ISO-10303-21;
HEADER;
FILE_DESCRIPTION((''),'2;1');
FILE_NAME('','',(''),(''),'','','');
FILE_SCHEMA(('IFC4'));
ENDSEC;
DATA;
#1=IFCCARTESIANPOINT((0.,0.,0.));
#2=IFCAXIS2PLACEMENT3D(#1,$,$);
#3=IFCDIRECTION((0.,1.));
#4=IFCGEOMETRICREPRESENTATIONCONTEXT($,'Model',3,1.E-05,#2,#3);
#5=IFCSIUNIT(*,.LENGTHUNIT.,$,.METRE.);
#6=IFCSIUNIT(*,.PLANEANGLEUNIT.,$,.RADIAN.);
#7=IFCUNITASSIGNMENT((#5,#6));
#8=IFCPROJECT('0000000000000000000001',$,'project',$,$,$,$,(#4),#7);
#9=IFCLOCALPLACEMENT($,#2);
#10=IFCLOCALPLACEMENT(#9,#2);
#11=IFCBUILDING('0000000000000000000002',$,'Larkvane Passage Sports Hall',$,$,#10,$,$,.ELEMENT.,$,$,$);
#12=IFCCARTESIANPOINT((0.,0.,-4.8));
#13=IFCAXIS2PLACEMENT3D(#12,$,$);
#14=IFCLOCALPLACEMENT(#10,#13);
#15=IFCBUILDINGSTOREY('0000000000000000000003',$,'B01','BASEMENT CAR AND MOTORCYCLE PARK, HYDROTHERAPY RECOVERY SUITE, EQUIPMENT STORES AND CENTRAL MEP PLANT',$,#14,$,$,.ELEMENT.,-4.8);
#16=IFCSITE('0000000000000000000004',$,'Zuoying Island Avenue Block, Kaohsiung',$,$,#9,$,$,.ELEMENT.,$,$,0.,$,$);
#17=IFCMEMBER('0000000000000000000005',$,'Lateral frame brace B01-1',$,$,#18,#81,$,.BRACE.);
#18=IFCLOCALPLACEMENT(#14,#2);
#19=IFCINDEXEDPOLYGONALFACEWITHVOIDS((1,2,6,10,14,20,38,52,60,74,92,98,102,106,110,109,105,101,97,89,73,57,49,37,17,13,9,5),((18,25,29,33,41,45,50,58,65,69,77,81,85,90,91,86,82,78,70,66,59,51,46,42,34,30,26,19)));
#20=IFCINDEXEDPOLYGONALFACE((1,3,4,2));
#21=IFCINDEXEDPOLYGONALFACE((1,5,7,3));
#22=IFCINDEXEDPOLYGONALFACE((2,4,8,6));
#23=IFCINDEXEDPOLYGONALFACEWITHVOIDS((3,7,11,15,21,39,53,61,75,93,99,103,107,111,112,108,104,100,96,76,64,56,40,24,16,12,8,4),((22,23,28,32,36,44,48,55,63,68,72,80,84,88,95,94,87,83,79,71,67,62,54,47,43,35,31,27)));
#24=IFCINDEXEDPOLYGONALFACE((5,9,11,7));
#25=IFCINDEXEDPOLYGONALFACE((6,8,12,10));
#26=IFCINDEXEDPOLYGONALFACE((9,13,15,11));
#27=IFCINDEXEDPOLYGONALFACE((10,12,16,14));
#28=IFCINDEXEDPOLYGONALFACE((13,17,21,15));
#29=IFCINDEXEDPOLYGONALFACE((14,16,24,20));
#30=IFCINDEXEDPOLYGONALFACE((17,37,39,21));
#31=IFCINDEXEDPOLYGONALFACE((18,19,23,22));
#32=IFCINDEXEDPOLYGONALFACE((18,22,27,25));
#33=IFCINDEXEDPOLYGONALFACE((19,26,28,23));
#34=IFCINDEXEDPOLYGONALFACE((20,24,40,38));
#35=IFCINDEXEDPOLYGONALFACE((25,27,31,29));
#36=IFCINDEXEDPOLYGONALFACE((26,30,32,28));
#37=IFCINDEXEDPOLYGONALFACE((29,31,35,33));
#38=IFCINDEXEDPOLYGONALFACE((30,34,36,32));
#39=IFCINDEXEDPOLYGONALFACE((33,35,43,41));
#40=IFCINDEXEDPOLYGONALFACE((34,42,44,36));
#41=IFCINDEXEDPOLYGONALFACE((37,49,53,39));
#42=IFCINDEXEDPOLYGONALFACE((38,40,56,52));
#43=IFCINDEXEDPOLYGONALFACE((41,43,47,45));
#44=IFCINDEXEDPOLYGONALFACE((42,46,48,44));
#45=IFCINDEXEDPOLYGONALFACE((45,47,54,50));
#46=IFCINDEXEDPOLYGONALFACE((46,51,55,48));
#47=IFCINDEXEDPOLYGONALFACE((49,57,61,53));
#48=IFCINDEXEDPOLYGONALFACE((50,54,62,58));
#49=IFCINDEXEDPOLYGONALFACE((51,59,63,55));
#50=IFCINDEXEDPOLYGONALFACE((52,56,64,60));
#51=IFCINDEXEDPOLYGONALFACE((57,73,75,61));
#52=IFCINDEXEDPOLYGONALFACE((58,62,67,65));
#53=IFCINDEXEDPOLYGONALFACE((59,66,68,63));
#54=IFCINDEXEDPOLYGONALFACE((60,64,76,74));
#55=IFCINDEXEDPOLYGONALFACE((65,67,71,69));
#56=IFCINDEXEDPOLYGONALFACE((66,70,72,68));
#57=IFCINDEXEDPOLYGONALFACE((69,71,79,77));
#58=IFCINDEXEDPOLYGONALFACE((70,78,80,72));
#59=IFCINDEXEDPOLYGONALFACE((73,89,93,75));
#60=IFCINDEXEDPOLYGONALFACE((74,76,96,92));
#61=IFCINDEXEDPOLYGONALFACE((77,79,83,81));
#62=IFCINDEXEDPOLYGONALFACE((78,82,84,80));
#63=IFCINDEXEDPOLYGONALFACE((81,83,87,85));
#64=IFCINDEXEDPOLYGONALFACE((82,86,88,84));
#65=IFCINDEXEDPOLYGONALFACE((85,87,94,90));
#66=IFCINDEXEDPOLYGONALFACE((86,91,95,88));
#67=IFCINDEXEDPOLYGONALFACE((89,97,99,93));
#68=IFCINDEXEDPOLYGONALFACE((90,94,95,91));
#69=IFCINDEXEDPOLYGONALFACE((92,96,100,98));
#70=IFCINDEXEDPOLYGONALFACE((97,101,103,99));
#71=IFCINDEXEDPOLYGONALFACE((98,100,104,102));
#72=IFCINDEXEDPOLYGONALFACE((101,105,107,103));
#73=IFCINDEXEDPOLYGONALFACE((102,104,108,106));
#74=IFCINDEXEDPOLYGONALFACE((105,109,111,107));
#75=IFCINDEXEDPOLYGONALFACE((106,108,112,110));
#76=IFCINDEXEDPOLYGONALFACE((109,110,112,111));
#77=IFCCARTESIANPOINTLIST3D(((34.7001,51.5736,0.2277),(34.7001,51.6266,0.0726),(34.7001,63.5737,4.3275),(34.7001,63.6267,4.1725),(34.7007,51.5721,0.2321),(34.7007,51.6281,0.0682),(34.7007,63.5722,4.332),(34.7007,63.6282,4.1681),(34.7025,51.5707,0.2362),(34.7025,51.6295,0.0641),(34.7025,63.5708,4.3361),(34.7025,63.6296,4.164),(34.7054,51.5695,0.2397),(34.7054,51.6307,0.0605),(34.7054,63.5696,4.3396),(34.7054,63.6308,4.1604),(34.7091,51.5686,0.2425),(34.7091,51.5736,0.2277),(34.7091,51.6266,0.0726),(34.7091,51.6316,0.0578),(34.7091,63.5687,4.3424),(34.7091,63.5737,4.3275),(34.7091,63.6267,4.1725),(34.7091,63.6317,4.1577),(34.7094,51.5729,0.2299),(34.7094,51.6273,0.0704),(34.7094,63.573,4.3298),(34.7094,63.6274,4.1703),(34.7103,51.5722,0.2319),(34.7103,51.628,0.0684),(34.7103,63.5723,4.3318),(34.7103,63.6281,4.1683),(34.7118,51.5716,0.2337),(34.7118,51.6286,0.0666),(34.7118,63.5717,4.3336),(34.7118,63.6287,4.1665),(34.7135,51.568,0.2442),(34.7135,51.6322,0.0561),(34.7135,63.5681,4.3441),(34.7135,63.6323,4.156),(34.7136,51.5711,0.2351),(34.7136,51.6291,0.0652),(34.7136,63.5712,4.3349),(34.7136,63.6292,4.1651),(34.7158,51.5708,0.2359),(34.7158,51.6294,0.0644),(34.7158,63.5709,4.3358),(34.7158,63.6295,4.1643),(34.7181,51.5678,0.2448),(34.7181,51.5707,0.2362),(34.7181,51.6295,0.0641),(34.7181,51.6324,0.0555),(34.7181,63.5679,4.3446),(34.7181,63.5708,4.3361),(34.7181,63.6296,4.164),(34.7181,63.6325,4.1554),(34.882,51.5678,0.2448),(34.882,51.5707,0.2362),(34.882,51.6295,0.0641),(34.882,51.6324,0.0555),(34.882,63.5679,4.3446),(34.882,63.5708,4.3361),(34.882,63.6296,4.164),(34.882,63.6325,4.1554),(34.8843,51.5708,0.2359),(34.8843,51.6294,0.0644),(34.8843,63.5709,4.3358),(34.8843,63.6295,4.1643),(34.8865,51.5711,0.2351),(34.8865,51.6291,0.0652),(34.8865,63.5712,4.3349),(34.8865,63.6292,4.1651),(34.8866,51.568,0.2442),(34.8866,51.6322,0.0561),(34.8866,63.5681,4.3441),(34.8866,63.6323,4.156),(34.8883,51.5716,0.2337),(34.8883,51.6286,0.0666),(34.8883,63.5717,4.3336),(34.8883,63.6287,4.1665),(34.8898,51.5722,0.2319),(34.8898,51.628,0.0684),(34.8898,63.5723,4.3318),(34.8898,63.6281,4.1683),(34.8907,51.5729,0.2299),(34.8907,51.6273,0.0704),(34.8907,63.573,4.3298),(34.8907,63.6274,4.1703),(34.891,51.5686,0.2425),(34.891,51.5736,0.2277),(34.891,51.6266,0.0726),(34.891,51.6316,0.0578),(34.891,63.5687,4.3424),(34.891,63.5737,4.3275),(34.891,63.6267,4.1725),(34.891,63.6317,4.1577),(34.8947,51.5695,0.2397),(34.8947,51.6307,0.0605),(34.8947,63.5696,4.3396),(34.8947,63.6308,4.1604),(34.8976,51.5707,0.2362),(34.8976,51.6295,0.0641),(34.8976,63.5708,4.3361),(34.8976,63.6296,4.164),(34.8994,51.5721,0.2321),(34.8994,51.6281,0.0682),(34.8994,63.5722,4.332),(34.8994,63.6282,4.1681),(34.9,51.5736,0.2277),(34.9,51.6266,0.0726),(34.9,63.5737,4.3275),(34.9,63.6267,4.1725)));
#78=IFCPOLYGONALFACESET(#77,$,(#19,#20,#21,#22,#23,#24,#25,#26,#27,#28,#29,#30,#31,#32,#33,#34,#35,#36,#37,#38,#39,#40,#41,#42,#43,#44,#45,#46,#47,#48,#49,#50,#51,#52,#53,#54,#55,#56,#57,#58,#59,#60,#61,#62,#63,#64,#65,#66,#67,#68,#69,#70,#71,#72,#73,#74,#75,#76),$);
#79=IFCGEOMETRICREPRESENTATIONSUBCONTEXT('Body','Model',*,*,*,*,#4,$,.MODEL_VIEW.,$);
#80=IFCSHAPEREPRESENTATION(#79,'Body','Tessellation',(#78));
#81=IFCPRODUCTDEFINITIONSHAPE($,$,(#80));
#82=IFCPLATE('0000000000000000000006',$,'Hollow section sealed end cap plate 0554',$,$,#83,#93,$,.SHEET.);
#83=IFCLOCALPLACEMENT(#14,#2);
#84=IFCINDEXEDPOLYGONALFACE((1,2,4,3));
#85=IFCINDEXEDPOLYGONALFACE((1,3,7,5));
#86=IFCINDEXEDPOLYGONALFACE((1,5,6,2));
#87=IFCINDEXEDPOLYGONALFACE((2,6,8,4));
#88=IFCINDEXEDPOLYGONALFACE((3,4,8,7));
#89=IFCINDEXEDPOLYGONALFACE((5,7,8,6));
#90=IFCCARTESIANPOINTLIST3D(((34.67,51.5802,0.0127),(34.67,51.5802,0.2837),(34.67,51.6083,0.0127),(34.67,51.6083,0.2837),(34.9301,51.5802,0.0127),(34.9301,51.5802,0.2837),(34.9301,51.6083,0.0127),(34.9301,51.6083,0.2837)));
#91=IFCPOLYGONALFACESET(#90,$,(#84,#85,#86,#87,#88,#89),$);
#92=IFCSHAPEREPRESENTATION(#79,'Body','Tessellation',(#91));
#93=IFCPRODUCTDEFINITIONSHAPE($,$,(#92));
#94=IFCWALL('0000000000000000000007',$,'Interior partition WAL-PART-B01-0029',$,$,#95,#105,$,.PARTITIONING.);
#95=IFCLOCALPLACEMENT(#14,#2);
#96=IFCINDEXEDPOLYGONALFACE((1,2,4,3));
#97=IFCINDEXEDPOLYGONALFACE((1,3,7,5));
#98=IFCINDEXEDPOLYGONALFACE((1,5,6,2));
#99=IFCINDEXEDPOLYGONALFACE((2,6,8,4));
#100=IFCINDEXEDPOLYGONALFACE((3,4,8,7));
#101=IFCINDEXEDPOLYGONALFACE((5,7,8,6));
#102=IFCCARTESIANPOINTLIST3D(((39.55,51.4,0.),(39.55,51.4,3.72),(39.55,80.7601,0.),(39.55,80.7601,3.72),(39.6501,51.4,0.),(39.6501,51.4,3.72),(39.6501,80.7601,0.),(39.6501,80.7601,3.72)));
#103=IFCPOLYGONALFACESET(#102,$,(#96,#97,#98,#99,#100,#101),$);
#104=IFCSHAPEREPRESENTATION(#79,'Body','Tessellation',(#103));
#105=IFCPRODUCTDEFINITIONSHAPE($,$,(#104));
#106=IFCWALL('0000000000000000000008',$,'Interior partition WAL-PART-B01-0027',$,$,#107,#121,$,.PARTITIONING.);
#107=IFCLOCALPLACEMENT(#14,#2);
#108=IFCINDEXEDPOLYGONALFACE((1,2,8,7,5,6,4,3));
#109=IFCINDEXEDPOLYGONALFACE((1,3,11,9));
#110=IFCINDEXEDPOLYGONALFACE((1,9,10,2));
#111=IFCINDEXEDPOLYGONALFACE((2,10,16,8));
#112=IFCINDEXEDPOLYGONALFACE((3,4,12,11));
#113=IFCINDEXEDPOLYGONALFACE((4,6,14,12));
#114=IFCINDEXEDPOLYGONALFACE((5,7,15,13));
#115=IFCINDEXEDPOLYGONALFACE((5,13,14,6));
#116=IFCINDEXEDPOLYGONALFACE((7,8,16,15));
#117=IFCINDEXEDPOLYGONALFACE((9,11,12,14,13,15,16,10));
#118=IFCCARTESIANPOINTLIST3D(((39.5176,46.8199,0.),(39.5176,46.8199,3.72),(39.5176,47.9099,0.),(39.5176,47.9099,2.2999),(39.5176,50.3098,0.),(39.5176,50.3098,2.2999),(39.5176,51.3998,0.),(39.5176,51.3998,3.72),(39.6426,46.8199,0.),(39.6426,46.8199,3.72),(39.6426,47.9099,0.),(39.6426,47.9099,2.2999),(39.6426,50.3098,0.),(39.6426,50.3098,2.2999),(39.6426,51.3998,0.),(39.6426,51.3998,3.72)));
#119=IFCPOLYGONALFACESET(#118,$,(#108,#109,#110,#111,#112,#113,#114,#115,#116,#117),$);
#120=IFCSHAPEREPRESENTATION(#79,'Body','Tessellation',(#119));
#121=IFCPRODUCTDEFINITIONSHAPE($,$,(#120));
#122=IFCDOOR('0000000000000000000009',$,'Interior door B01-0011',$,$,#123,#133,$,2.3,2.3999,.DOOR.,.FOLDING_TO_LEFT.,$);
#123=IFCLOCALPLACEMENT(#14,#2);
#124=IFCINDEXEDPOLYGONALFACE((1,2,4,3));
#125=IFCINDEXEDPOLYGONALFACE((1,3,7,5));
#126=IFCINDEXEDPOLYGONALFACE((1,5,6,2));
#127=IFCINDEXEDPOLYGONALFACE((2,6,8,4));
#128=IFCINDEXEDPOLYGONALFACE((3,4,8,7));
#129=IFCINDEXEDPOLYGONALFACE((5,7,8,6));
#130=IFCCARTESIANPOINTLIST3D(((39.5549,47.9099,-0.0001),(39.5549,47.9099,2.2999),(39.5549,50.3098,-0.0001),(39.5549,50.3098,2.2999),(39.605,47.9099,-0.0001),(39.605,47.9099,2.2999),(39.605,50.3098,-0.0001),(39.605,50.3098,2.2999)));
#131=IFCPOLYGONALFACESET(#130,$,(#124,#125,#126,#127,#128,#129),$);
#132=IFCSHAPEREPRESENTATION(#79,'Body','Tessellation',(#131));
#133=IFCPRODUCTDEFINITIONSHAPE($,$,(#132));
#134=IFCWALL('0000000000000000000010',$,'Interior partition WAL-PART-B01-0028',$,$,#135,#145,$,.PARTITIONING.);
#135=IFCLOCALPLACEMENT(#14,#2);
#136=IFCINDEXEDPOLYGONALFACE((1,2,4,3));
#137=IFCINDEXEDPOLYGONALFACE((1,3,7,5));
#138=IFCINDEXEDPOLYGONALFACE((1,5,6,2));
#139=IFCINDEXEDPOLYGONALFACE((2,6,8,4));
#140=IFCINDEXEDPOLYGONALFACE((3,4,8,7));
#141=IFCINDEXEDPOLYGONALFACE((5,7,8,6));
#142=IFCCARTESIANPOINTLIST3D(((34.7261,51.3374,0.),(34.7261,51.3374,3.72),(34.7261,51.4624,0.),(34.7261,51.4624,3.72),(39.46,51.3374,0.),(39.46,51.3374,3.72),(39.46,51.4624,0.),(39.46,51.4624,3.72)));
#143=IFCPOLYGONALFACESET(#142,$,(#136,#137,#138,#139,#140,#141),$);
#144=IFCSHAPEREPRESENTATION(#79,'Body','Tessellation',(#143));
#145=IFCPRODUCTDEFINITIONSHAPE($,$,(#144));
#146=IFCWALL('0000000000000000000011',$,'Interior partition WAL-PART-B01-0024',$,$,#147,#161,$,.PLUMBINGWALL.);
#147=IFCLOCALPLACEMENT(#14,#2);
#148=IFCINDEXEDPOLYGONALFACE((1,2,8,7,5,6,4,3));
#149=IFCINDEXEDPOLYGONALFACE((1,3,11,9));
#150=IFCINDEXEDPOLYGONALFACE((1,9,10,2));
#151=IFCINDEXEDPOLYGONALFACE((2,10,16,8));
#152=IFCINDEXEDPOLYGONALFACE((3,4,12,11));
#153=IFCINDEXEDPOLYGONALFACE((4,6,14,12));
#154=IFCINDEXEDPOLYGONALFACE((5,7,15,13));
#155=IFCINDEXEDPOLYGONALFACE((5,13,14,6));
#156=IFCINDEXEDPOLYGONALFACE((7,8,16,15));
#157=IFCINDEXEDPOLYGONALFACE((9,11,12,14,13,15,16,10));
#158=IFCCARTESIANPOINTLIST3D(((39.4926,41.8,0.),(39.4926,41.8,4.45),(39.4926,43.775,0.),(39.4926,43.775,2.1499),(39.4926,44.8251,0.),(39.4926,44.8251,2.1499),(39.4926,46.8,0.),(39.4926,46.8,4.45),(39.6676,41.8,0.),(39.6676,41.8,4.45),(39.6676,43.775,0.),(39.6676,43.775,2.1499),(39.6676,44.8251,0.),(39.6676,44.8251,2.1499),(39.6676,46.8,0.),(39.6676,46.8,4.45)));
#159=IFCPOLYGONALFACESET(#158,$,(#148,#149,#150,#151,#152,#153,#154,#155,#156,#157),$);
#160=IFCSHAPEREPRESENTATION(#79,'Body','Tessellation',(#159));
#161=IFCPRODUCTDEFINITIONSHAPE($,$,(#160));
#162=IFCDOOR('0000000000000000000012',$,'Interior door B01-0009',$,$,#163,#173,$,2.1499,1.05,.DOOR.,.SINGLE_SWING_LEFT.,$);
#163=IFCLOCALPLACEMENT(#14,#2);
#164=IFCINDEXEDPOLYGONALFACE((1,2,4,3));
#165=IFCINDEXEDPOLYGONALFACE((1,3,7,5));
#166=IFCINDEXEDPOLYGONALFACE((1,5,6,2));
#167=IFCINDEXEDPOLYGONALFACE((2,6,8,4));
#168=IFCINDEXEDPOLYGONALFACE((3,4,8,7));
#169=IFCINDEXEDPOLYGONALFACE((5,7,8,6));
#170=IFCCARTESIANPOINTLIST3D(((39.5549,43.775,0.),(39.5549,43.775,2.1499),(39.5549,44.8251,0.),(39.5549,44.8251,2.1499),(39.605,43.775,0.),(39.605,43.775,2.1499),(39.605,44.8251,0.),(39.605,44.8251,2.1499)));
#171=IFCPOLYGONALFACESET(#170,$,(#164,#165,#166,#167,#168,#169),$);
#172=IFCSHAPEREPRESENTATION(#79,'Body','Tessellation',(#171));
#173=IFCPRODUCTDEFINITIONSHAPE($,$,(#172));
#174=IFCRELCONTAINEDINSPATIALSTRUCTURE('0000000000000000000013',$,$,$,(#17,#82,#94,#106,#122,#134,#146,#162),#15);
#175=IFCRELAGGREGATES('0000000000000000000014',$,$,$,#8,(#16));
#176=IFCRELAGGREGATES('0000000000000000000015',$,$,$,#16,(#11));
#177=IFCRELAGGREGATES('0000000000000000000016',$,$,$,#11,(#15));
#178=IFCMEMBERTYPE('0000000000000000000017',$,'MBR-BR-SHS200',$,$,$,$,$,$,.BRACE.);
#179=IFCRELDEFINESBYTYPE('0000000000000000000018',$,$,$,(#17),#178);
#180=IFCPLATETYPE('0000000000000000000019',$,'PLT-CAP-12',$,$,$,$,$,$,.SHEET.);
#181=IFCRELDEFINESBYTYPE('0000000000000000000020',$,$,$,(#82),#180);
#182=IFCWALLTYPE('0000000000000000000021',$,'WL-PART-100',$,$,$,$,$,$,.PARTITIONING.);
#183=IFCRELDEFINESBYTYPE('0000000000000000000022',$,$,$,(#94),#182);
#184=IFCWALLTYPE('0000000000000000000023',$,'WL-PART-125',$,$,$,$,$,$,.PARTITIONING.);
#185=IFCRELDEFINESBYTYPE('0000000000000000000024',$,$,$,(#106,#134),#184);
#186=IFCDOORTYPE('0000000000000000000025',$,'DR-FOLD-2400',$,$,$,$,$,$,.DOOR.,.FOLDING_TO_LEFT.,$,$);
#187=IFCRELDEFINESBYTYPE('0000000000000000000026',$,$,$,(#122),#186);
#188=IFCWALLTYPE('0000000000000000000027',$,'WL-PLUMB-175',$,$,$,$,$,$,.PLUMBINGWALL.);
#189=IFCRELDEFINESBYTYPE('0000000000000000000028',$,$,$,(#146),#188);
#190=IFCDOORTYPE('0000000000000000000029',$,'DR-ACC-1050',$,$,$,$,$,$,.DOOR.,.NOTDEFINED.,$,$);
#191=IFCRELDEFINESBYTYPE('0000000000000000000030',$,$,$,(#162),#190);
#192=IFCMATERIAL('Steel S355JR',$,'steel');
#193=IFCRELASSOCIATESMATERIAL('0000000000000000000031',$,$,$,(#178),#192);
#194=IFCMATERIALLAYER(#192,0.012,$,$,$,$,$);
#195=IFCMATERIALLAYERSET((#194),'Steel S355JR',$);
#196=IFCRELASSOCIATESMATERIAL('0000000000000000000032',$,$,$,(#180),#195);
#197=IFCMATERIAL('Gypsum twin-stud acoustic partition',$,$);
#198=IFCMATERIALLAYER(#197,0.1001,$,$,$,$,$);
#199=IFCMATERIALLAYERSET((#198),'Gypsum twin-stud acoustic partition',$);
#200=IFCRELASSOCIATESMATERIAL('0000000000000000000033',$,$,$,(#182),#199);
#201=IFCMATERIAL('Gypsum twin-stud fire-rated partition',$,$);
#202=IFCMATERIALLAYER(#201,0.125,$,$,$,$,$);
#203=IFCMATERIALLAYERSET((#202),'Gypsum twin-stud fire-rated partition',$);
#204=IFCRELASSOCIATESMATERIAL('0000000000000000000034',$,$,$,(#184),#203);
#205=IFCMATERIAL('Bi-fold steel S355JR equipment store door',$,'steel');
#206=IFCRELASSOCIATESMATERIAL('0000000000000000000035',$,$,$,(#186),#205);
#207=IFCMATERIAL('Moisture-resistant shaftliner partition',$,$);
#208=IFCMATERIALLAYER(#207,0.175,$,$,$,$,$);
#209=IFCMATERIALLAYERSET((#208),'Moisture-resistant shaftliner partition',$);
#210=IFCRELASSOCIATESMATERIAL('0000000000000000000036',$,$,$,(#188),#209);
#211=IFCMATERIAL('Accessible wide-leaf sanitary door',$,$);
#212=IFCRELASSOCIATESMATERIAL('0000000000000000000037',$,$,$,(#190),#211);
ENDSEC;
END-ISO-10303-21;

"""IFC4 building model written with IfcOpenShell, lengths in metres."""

from ifc_helpers import new_model, si_unit, direction, frame, frame_2d, origin, origin_2d, place, context, subcontext, project, spatial, rectangle, hollow_rectangle, extrude, material, layer, layer_set, material_profile, profile_set, type_object, element, fill, save


model = new_model("IFC4")

# Units and contexts
model_context = context("Model", 3, precision=1e-05, world=origin(), true_north=direction((0.0, 1.0)))
body_context = subcontext(model_context, "Body", "Model", "MODEL_VIEW")
ifc_project = project(units=[si_unit("LENGTHUNIT", "METRE"), si_unit("PLANEANGLEUNIT", "RADIAN")], contexts=[model_context])

# Site, building, storey
site_placement = place(None, origin())
site = spatial("IfcSite", under=ifc_project, at=site_placement, Name="Zuoying Island Avenue Block, Kaohsiung", CompositionType="ELEMENT", RefElevation=0.0)
building_placement = place(site_placement, origin())
building = spatial("IfcBuilding", under=site, at=building_placement, Name="Larkvane Passage Sports Hall", CompositionType="ELEMENT")
storey_placement = place(building_placement, frame((0.0, 0.0, -4.8)))
storey = spatial("IfcBuildingStorey", under=building, at=storey_placement, Name="B01", Description="BASEMENT CAR AND MOTORCYCLE PARK, HYDROTHERAPY RECOVERY SUITE, EQUIPMENT STORES AND CENTRAL MEP PLANT", CompositionType="ELEMENT", Elevation=-4.8)

# Member
ifc_material_1 = material(Name="Steel S355JR", Category="steel")
ifc_material_profile_1 = material_profile(ifc_material_1, hollow_rectangle(XDim=0.2, YDim=0.2, WallThickness=0.009, InnerFilletRadius=0.009, OuterFilletRadius=0.0181, at=origin_2d()), Name="SHS-200x200x9")
ifc_profile_set_1 = profile_set([ifc_material_profile_1], Name="Steel S355JR")
member_type = type_object("IfcMemberType", Name="MBR-BR-SHS200", PredefinedType="BRACE", material=ifc_profile_set_1)
member_placement = place(storey_placement, frame((34.8, 51.6001, 0.1501), z_axis=(0.0, 0.946295, 0.323306), x_axis=(-1.0, 0.0, 0.0)))
element("IfcMember", 1, at=member_placement, inside=storey, type_object=member_type, Name="Lateral frame brace B01-1", PredefinedType="BRACE", context=body_context, shape_type="SweptSolid", body=[
    extrude(hollow_rectangle(XDim=0.2, YDim=0.2, WallThickness=0.009, InnerFilletRadius=0.009, OuterFilletRadius=0.0181, at=origin_2d()), origin(), (0.0, 0.0, 1.0), 12.6812),
])

# Plate
ifc_layer_1 = layer(ifc_material_1, 0.012)
ifc_layer_set_1 = layer_set([ifc_layer_1], Name="Steel S355JR")
plate_type = type_object("IfcPlateType", Name="PLT-CAP-12", PredefinedType="SHEET", material=ifc_layer_set_1)
plate_placement = place(storey_placement, frame((34.8, 51.5942, 0.0127), z_axis=(0.0, 0.0, 1.0), x_axis=(-1.0, 0.0, 0.0)))
element("IfcPlate", 2, at=plate_placement, inside=storey, type_object=plate_type, Name="Hollow section sealed end cap plate 0554", PredefinedType="SHEET", context=body_context, shape_type="SweptSolid", body=[
    extrude(rectangle(XDim=0.26, YDim=0.0281, at=origin_2d()), origin(), (0.0, 0.0, 1.0), 0.271),
])

# Wall
ifc_material_2 = material(Name="Gypsum twin-stud acoustic partition")
ifc_layer_2 = layer(ifc_material_2, 0.1001)
ifc_layer_set_2 = layer_set([ifc_layer_2], Name="Gypsum twin-stud acoustic partition")
wall_type_1 = type_object("IfcWallType", Name="WL-PART-100", PredefinedType="PARTITIONING", material=ifc_layer_set_2)
wall_1_placement = place(storey_placement, frame((39.6001, 51.3999, 0.0), z_axis=(0.0, 0.0, 1.0), x_axis=(0.0, 1.0, 0.0)))
element("IfcWall", 3, at=wall_1_placement, inside=storey, type_object=wall_type_1, Name="Interior partition WAL-PART-B01-0029", PredefinedType="PARTITIONING", context=body_context, shape_type="SweptSolid", body=[
    extrude(rectangle(XDim=29.3601, YDim=0.1001, at=frame_2d((14.6802, 0.0))), origin(), (0.0, 0.0, 1.0), 3.72),
])

# Wall, opening, door
ifc_material_3 = material(Name="Gypsum twin-stud fire-rated partition")
ifc_layer_3 = layer(ifc_material_3, 0.125)
ifc_layer_set_3 = layer_set([ifc_layer_3], Name="Gypsum twin-stud fire-rated partition")
wall_type_2 = type_object("IfcWallType", Name="WL-PART-125", PredefinedType="PARTITIONING", material=ifc_layer_set_3)
wall_2_placement = place(storey_placement, frame((39.5801, 51.3999, 0.0), z_axis=(0.0, 0.0, 1.0), x_axis=(0.0, -1.0, 0.0)))
wall_2 = element("IfcWall", 4, at=wall_2_placement, inside=storey, type_object=wall_type_2, Name="Interior partition WAL-PART-B01-0027", PredefinedType="PARTITIONING", context=body_context, shape_type="SweptSolid", body=[
    extrude(rectangle(XDim=4.5798, YDim=0.125, at=frame_2d((2.29, 0.0))), origin(), (0.0, 0.0, 1.0), 3.72),
])
opening_1_placement = place(wall_2_placement, frame((1.0901, 0.0, 0.0)))
opening_1 = element("IfcOpeningElement", 5, at=opening_1_placement, cuts=wall_2, PredefinedType="OPENING", context=body_context, shape_type="SweptSolid", body=[
    extrude(rectangle(XDim=2.3999, YDim=2.3, at=frame_2d((1.2, 1.1499))), frame((0.0, 0.0725, 0.0), z_axis=(0.0, -1.0, 0.0), x_axis=(1.0, 0.0, 0.0)), (0.0, 0.0, 1.0), 0.145),
])
ifc_material_4 = material(Name="Bi-fold steel S355JR equipment store door", Category="steel")
door_type_1 = type_object("IfcDoorType", Name="DR-FOLD-2400", OperationType="FOLDING_TO_LEFT", PredefinedType="DOOR", material=ifc_material_4)
door_1_placement = place(opening_1_placement, origin())
door_1 = element("IfcDoor", 6, at=door_1_placement, inside=storey, type_object=door_type_1, Name="Interior door B01-0011", OperationType="FOLDING_TO_LEFT", OverallHeight=2.3, OverallWidth=2.3999, PredefinedType="DOOR", context=body_context, shape_type="SweptSolid", body=[
    extrude(rectangle(XDim=2.3999, YDim=2.3, at=frame_2d((1.2, 1.1499))), frame((0.0, 0.0249, 0.0), z_axis=(0.0, -1.0, 0.0), x_axis=(1.0, 0.0, 0.0)), (0.0, 0.0, 1.0), 0.05),
])
fill(opening_1, door_1)

# Wall
wall_3_placement = place(storey_placement, frame((34.7261, 51.3999, 0.0), z_axis=(0.0, 0.0, 1.0), x_axis=(1.0, 0.0, 0.0)))
element("IfcWall", 7, at=wall_3_placement, inside=storey, type_object=wall_type_2, Name="Interior partition WAL-PART-B01-0028", PredefinedType="PARTITIONING", context=body_context, shape_type="SweptSolid", body=[
    extrude(rectangle(XDim=4.7339, YDim=0.125, at=frame_2d((2.3669, 0.0))), origin(), (0.0, 0.0, 1.0), 3.72),
])

# Wall, opening, door
ifc_material_5 = material(Name="Moisture-resistant shaftliner partition")
ifc_layer_4 = layer(ifc_material_5, 0.175)
ifc_layer_set_4 = layer_set([ifc_layer_4], Name="Moisture-resistant shaftliner partition")
wall_type_3 = type_object("IfcWallType", Name="WL-PLUMB-175", PredefinedType="PLUMBINGWALL", material=ifc_layer_set_4)
wall_4_placement = place(storey_placement, frame((39.5801, 46.8, 0.0), z_axis=(0.0, 0.0, 1.0), x_axis=(0.0, -1.0, 0.0)))
wall_4 = element("IfcWall", 8, at=wall_4_placement, inside=storey, type_object=wall_type_3, Name="Interior partition WAL-PART-B01-0024", PredefinedType="PLUMBINGWALL", context=body_context, shape_type="SweptSolid", body=[
    extrude(rectangle(XDim=5.0, YDim=0.175, at=frame_2d((2.5, 0.0))), origin(), (0.0, 0.0, 1.0), 4.45),
])
opening_2_placement = place(wall_4_placement, frame((1.9751, 0.0, 0.0)))
opening_2 = element("IfcOpeningElement", 9, at=opening_2_placement, cuts=wall_4, PredefinedType="OPENING", context=body_context, shape_type="SweptSolid", body=[
    extrude(rectangle(XDim=1.05, YDim=2.1499, at=frame_2d((0.5249, 1.075))), frame((0.0, 0.0974, 0.0), z_axis=(0.0, -1.0, 0.0), x_axis=(1.0, 0.0, 0.0)), (0.0, 0.0, 1.0), 0.1951),
])
ifc_material_6 = material(Name="Accessible wide-leaf sanitary door")
door_type_2 = type_object("IfcDoorType", Name="DR-ACC-1050", OperationType="NOTDEFINED", PredefinedType="DOOR", material=ifc_material_6)
door_2_placement = place(opening_2_placement, origin())
door_2 = element("IfcDoor", 10, at=door_2_placement, inside=storey, type_object=door_type_2, Name="Interior door B01-0009", OperationType="SINGLE_SWING_LEFT", OverallHeight=2.1499, OverallWidth=1.05, PredefinedType="DOOR", context=body_context, shape_type="SweptSolid", body=[
    extrude(rectangle(XDim=1.05, YDim=2.1499, at=frame_2d((0.5249, 1.075))), frame((0.0, 0.0249, 0.0), z_axis=(0.0, -1.0, 0.0), x_axis=(1.0, 0.0, 0.0)), (0.0, 0.0, 1.0), 0.05),
])
fill(opening_2, door_2)

save(model, "model.ifc")
